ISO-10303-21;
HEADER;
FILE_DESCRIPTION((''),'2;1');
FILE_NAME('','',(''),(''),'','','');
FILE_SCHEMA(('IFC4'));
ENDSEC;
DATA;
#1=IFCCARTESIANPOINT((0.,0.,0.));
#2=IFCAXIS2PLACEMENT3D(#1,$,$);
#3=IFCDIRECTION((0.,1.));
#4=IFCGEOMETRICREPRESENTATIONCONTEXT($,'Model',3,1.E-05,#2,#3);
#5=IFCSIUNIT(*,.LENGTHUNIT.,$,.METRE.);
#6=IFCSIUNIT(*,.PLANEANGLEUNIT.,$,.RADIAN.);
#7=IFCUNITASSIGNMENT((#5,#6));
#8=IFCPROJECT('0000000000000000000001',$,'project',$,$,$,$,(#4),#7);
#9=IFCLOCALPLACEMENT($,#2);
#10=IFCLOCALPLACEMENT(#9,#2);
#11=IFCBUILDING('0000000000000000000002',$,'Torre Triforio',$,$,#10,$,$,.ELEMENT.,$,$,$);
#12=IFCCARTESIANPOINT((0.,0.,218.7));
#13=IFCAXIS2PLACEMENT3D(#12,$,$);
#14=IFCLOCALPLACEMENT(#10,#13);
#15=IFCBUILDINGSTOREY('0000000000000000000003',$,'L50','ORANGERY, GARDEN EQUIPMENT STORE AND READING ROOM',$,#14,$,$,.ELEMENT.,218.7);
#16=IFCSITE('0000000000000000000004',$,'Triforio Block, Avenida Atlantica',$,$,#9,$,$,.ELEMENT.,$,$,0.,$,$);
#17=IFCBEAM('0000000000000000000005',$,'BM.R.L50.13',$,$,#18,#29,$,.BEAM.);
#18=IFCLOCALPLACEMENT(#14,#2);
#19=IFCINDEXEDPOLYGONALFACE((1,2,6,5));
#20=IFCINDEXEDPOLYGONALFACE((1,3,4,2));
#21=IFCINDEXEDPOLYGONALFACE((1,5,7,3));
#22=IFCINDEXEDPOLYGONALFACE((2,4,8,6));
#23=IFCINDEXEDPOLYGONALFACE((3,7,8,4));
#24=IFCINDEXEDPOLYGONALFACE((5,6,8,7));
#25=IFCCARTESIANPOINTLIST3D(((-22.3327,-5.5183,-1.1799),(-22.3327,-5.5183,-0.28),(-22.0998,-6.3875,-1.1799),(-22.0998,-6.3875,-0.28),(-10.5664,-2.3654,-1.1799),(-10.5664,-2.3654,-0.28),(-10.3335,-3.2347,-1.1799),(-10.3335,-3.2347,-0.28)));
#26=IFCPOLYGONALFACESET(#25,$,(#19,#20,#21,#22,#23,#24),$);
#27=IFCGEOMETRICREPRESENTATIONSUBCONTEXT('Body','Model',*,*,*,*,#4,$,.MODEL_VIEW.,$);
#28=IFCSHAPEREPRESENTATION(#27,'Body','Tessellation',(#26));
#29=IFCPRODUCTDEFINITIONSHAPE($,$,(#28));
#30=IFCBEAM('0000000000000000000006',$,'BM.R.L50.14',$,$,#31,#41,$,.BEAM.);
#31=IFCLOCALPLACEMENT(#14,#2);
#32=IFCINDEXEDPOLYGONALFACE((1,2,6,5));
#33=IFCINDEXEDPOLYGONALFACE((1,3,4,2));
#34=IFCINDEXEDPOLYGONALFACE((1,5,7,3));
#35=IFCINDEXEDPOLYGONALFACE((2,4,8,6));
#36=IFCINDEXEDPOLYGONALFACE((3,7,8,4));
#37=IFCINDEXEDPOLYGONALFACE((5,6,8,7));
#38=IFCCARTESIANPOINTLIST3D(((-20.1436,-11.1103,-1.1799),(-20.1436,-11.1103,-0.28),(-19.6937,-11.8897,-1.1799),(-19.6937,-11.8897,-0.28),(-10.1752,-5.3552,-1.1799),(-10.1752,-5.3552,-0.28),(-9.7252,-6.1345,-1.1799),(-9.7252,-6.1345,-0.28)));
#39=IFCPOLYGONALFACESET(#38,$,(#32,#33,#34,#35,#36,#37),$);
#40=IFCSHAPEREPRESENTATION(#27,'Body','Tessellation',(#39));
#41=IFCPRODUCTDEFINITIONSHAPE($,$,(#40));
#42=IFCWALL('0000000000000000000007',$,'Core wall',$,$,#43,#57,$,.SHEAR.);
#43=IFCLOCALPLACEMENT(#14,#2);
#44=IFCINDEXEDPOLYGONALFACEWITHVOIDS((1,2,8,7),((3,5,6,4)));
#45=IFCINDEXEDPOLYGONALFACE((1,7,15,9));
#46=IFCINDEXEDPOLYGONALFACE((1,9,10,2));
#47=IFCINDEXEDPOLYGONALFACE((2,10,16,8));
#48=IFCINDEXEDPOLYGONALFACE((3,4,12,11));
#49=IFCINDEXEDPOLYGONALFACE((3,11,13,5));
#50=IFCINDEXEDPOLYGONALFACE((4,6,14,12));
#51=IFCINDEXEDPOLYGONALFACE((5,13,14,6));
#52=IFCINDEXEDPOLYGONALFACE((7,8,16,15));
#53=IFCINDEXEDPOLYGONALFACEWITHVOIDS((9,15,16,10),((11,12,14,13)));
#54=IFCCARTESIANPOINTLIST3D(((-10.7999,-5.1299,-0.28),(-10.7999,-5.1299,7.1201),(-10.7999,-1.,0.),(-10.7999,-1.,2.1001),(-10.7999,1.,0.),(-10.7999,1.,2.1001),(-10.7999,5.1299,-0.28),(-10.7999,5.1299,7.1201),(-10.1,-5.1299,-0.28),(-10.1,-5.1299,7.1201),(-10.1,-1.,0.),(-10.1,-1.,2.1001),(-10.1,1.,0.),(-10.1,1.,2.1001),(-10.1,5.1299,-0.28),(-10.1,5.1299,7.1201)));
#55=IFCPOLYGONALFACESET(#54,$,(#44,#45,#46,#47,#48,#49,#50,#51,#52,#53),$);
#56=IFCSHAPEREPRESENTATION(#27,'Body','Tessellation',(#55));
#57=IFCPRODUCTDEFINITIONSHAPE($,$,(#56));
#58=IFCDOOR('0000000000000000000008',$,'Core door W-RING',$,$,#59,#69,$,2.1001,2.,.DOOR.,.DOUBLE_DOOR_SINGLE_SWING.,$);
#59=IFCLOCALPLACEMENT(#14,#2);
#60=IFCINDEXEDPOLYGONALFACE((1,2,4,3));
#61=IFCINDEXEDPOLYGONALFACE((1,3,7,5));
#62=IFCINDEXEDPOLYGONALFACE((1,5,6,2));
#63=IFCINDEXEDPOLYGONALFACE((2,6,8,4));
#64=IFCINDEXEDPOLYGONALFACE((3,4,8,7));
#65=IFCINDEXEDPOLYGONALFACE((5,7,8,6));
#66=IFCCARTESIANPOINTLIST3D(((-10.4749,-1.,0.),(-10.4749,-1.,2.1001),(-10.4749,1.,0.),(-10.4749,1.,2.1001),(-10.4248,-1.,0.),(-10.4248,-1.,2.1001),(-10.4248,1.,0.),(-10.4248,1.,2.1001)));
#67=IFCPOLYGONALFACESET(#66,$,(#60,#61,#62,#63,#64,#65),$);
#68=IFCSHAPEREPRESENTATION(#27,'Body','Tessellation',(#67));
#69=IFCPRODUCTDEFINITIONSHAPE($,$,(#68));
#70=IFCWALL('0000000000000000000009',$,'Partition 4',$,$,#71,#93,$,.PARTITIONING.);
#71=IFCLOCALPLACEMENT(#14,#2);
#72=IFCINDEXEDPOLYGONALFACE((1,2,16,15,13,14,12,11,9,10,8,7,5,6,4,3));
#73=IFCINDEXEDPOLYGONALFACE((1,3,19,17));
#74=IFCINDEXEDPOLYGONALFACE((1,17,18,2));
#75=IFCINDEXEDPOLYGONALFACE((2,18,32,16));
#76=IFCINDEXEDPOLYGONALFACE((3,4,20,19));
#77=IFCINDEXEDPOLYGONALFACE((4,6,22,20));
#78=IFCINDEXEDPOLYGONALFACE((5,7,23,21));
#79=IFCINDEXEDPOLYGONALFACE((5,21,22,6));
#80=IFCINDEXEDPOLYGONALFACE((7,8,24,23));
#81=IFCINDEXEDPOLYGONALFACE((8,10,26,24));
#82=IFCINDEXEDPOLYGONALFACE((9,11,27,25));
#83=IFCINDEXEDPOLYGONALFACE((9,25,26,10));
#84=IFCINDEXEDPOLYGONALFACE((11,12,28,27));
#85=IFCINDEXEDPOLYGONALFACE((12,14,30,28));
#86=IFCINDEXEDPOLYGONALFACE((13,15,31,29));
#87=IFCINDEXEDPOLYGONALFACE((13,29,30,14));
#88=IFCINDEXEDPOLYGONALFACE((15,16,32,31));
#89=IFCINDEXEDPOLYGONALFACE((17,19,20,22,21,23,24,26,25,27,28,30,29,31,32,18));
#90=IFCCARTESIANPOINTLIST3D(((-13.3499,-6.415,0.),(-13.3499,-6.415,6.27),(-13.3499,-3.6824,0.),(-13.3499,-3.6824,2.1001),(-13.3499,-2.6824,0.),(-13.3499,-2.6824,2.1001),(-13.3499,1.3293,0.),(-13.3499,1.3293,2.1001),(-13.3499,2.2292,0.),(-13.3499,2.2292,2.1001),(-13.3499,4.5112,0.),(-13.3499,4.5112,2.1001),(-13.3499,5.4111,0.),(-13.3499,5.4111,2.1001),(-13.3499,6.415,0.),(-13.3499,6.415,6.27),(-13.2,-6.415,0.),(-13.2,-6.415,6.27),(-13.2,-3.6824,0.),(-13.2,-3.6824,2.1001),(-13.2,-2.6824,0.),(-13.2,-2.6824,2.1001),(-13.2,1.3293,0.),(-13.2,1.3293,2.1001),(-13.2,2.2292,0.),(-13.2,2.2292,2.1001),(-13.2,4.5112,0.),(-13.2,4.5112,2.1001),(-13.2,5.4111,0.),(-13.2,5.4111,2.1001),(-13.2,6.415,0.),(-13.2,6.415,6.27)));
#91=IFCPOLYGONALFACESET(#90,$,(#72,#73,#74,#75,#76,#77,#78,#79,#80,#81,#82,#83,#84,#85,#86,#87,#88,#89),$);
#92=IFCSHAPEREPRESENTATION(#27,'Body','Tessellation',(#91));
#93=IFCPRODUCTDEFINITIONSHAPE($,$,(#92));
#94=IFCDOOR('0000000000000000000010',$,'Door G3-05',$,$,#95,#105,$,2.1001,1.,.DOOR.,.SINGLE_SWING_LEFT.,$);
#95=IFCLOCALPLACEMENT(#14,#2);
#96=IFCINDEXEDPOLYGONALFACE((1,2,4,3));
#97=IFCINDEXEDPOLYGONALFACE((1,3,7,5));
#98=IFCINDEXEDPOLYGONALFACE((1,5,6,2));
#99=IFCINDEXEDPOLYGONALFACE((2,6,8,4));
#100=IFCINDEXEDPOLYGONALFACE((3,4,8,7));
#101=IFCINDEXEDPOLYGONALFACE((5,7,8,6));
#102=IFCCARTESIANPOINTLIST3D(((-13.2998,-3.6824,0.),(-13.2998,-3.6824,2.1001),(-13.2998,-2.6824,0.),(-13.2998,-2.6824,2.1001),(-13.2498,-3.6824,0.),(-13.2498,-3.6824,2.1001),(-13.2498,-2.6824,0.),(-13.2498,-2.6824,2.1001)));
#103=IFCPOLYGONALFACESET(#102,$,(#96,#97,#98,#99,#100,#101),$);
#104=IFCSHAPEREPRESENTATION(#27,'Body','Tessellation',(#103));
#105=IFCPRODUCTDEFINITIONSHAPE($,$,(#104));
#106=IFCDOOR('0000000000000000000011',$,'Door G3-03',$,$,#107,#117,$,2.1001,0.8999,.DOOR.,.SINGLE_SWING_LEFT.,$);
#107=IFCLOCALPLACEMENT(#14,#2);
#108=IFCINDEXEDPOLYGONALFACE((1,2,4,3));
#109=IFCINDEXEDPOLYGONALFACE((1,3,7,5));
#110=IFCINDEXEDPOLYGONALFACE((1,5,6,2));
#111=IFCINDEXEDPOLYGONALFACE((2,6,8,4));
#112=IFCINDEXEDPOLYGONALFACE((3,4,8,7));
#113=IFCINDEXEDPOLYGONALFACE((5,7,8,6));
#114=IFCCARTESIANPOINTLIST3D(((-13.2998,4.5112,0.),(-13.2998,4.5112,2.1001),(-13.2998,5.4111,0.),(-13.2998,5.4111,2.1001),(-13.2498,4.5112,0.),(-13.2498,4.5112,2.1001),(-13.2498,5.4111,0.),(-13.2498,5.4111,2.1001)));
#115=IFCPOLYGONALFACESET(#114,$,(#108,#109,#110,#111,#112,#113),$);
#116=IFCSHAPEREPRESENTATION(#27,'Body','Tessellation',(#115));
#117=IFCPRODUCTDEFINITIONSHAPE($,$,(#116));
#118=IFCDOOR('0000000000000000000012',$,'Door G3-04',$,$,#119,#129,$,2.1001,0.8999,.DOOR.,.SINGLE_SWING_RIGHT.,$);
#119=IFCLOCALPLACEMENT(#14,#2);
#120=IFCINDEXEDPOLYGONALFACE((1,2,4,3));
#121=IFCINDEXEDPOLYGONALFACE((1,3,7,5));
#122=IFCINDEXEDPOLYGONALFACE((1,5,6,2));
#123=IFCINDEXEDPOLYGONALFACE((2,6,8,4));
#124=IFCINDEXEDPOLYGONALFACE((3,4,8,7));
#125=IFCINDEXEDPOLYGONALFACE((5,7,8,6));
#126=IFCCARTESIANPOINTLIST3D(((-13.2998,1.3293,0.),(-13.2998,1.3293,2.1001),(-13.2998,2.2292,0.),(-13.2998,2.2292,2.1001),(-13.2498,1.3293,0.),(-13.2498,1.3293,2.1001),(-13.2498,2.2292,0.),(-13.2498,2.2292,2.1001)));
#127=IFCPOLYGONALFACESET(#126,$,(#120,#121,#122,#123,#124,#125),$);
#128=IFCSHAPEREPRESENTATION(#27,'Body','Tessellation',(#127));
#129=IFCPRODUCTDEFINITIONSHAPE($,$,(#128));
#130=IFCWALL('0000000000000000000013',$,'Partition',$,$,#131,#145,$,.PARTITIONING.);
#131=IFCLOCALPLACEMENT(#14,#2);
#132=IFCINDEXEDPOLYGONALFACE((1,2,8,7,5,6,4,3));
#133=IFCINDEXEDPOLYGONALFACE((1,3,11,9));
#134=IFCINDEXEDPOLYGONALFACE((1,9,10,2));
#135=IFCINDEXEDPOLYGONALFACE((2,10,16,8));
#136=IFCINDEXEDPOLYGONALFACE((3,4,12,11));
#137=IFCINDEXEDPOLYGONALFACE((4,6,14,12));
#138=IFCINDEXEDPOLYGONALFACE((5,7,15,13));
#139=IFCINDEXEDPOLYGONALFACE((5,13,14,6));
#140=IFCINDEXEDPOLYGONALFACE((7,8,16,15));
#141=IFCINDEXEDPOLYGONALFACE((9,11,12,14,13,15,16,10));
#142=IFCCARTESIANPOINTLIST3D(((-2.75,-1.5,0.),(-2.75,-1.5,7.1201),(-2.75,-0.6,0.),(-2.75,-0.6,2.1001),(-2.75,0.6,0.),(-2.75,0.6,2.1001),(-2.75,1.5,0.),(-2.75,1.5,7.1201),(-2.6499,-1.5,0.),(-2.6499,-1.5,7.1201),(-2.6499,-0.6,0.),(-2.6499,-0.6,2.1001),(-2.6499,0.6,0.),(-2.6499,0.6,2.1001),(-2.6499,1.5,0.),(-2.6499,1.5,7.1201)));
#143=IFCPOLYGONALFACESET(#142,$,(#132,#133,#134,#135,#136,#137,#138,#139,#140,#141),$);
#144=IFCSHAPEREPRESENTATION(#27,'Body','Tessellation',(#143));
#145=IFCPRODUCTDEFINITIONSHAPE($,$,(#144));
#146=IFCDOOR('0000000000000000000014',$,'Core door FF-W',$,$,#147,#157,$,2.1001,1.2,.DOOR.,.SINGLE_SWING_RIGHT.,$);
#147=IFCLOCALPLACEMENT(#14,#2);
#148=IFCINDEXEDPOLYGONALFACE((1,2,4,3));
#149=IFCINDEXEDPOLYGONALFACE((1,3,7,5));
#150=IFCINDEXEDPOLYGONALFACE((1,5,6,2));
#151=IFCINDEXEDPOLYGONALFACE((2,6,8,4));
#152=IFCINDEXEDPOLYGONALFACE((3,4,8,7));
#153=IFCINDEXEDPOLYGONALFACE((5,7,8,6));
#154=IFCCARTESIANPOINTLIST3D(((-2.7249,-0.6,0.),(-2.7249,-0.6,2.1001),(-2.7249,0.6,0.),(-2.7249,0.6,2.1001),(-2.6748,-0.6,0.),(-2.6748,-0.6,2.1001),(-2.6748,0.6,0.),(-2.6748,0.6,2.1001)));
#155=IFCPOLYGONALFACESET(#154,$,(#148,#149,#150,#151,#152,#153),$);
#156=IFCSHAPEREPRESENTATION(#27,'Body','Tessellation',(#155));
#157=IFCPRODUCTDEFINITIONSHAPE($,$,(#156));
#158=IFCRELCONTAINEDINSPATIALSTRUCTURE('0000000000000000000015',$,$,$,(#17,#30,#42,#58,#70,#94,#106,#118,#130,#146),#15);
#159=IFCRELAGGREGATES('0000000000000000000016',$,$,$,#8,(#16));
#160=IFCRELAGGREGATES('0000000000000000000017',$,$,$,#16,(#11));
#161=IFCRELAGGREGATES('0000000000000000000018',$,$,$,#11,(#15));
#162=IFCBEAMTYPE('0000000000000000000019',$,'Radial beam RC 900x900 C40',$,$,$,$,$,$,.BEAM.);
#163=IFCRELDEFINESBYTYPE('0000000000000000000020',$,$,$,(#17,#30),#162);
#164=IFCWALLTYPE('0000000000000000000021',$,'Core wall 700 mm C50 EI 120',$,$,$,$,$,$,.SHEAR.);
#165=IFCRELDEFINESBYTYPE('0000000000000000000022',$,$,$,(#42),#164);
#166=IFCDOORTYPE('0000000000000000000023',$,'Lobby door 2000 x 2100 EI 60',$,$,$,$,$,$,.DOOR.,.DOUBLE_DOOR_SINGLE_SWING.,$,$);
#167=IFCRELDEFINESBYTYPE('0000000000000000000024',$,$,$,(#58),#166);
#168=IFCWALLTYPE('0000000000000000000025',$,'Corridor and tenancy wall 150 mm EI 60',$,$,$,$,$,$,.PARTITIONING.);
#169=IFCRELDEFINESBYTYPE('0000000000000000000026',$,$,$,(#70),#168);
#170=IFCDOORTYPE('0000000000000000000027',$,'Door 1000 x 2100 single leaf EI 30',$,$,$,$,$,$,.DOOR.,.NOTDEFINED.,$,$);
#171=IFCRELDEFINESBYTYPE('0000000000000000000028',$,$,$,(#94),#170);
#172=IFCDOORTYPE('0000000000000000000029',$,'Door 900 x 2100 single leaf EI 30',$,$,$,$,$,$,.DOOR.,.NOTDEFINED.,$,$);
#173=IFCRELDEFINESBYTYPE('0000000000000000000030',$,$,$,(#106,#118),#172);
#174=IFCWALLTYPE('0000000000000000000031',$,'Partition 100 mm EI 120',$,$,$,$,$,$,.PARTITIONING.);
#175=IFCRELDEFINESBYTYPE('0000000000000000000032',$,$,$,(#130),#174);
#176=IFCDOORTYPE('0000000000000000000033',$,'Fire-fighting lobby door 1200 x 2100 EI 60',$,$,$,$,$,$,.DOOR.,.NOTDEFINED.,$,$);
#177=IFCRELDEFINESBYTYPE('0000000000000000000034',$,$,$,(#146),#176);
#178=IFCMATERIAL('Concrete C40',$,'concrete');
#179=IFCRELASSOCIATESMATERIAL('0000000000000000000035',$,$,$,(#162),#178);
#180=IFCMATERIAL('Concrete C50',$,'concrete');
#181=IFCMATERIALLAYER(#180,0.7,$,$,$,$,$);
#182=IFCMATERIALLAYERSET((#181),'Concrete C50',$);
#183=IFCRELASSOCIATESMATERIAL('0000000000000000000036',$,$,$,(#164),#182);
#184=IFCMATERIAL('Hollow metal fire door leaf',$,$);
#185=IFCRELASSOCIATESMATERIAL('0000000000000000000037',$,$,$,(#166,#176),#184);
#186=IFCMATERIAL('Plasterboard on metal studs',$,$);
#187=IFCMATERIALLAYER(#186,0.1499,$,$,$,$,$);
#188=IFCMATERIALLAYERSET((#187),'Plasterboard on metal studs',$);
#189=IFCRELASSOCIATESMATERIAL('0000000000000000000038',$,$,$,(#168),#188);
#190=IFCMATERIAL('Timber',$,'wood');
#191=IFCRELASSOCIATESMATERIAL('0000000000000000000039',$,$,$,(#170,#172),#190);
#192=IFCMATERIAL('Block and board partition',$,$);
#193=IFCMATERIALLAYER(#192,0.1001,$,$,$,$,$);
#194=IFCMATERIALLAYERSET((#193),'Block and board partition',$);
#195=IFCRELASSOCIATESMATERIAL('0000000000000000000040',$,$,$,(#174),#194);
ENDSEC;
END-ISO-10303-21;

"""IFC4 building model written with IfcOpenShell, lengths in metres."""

from ifc_helpers import new_model, si_unit, direction, frame, frame_2d, origin, origin_2d, place, context, subcontext, project, spatial, rectangle, extrude, material, layer, layer_set, material_profile, profile_set, type_object, element, fill, save


model = new_model("IFC4")

# Units and contexts
model_context = context("Model", 3, precision=1e-05, world=origin(), true_north=direction((0.0, 1.0)))
body_context = subcontext(model_context, "Body", "Model", "MODEL_VIEW")
ifc_project = project(units=[si_unit("LENGTHUNIT", "METRE"), si_unit("PLANEANGLEUNIT", "RADIAN")], contexts=[model_context])

# Site, building, storey
site_placement = place(None, origin())
site = spatial("IfcSite", under=ifc_project, at=site_placement, Name="Triforio Block, Avenida Atlantica", CompositionType="ELEMENT", RefElevation=0.0)
building_placement = place(site_placement, origin())
building = spatial("IfcBuilding", under=site, at=building_placement, Name="Torre Triforio", CompositionType="ELEMENT")
storey_placement = place(building_placement, frame((0.0, 0.0, 218.7)))
storey = spatial("IfcBuildingStorey", under=building, at=storey_placement, Name="L50", Description="ORANGERY, GARDEN EQUIPMENT STORE AND READING ROOM", CompositionType="ELEMENT", Elevation=218.7)

# Beams
ifc_material_1 = material(Name="Concrete C40", Category="concrete")
ifc_material_profile = material_profile(ifc_material_1, rectangle(XDim=0.8999, YDim=0.8999, at=origin_2d()), Name="RC 900x900")
ifc_profile_set = profile_set([ifc_material_profile], Name="Concrete C40")
beam_type = type_object("IfcBeamType", Name="Radial beam RC 900x900 C40", PredefinedType="BEAM", material=ifc_profile_set)
beam_1_placement = place(storey_placement, frame((-10.45, -2.8, -0.73), z_axis=(-0.965925, -0.258823, 0.0), x_axis=(0.258823, -0.965925, 0.0)))
element("IfcBeam", 1, at=beam_1_placement, inside=storey, type_object=beam_type, Name="BM.R.L50.13", PredefinedType="BEAM", context=body_context, shape_type="SweptSolid", body=[
    extrude(rectangle(XDim=0.8999, YDim=0.8999, at=origin_2d()), origin(), (0.0, 0.0, 1.0), 12.1814),
])
beam_2_placement = place(storey_placement, frame((-9.9502, -5.7449, -0.73), z_axis=(-0.866033, -0.499987, 0.0), x_axis=(0.499987, -0.866033, 0.0)))
element("IfcBeam", 2, at=beam_2_placement, inside=storey, type_object=beam_type, Name="BM.R.L50.14", PredefinedType="BEAM", context=body_context, shape_type="SweptSolid", body=[
    extrude(rectangle(XDim=0.8999, YDim=0.8999, at=origin_2d()), origin(), (0.0, 0.0, 1.0), 11.5105),
])

# Wall, opening, door
ifc_material_2 = material(Name="Concrete C50", Category="concrete")
ifc_layer_1 = layer(ifc_material_2, 0.7)
ifc_layer_set_1 = layer_set([ifc_layer_1], Name="Concrete C50")
wall_type_1 = type_object("IfcWallType", Name="Core wall 700 mm C50 EI 120", PredefinedType="SHEAR", material=ifc_layer_set_1)
wall_1_placement = place(storey_placement, frame((-10.45, -5.1299, -0.28), z_axis=(0.0, 0.0, 1.0), x_axis=(0.0, 1.0, 0.0)))
wall_1 = element("IfcWall", 3, at=wall_1_placement, inside=storey, type_object=wall_type_1, Name="Core wall", PredefinedType="SHEAR", context=body_context, shape_type="SweptSolid", body=[
    extrude(rectangle(XDim=10.2598, YDim=0.7, at=frame_2d((5.1299, 0.0))), origin(), (0.0, 0.0, 1.0), 7.4001),
])
opening_1_placement = place(wall_1_placement, frame((4.1299, 0.0, 0.28)))
opening_1 = element("IfcOpeningElement", 4, at=opening_1_placement, cuts=wall_1, PredefinedType="OPENING", context=body_context, shape_type="SweptSolid", body=[
    extrude(rectangle(XDim=2.0, YDim=2.1001, at=frame_2d((1.0, 1.05))), frame((0.0, 0.3599, 0.0), z_axis=(0.0, -1.0, 0.0), x_axis=(1.0, 0.0, 0.0)), (0.0, 0.0, 1.0), 0.72),
])
ifc_material_3 = material(Name="Hollow metal fire door leaf")
door_type_1 = type_object("IfcDoorType", Name="Lobby door 2000 x 2100 EI 60", OperationType="DOUBLE_DOOR_SINGLE_SWING", PredefinedType="DOOR", material=ifc_material_3)
door_1_placement = place(opening_1_placement, origin())
door_1 = element("IfcDoor", 5, at=door_1_placement, inside=storey, type_object=door_type_1, Name="Core door W-RING", OperationType="DOUBLE_DOOR_SINGLE_SWING", OverallHeight=2.1001, OverallWidth=2.0, PredefinedType="DOOR", context=body_context, shape_type="SweptSolid", body=[
    extrude(rectangle(XDim=2.0, YDim=2.1001, at=frame_2d((1.0, 1.05))), frame((0.0, 0.0249, 0.0), z_axis=(0.0, -1.0, 0.0), x_axis=(1.0, 0.0, 0.0)), (0.0, 0.0, 1.0), 0.05),
])
fill(opening_1, door_1)

# Wall, openings, doors
ifc_material_4 = material(Name="Plasterboard on metal studs")
ifc_layer_2 = layer(ifc_material_4, 0.1499)
ifc_layer_set_2 = layer_set([ifc_layer_2], Name="Plasterboard on metal studs")
wall_type_2 = type_object("IfcWallType", Name="Corridor and tenancy wall 150 mm EI 60", PredefinedType="PARTITIONING", material=ifc_layer_set_2)
wall_2_placement = place(storey_placement, frame((-13.2749, -6.415, 0.0), z_axis=(0.0, 0.0, 1.0), x_axis=(0.0, 1.0, 0.0)))
wall_2 = element("IfcWall", 6, at=wall_2_placement, inside=storey, type_object=wall_type_2, Name="Partition 4", PredefinedType="PARTITIONING", context=body_context, shape_type="SweptSolid", body=[
    extrude(rectangle(XDim=12.8301, YDim=0.1499, at=frame_2d((6.415, 0.0))), origin(), (0.0, 0.0, 1.0), 6.27),
])
opening_2_placement = place(wall_2_placement, frame((10.9263, 0.0, 0.0)))
opening_2 = element("IfcOpeningElement", 7, at=opening_2_placement, cuts=wall_2, PredefinedType="OPENING", context=body_context, shape_type="SweptSolid", body=[
    extrude(rectangle(XDim=0.8999, YDim=2.1001, at=frame_2d((0.45, 1.05))), frame((0.0, 0.085, 0.0), z_axis=(0.0, -1.0, 0.0), x_axis=(1.0, 0.0, 0.0)), (0.0, 0.0, 1.0), 0.1699),
])
opening_3_placement = place(wall_2_placement, frame((7.7444, 0.0, 0.0)))
opening_3 = element("IfcOpeningElement", 8, at=opening_3_placement, cuts=wall_2, PredefinedType="OPENING", context=body_context, shape_type="SweptSolid", body=[
    extrude(rectangle(XDim=0.8999, YDim=2.1001, at=frame_2d((0.45, 1.05))), frame((0.0, 0.085, 0.0), z_axis=(0.0, -1.0, 0.0), x_axis=(1.0, 0.0, 0.0)), (0.0, 0.0, 1.0), 0.1699),
])
opening_4_placement = place(wall_2_placement, frame((2.7327, 0.0, 0.0)))
opening_4 = element("IfcOpeningElement", 9, at=opening_4_placement, cuts=wall_2, PredefinedType="OPENING", context=body_context, shape_type="SweptSolid", body=[
    extrude(rectangle(XDim=1.0, YDim=2.1001, at=frame_2d((0.5, 1.05))), frame((0.0, 0.085, 0.0), z_axis=(0.0, -1.0, 0.0), x_axis=(1.0, 0.0, 0.0)), (0.0, 0.0, 1.0), 0.1699),
])
ifc_material_5 = material(Name="Timber", Category="wood")
door_type_2 = type_object("IfcDoorType", Name="Door 1000 x 2100 single leaf EI 30", OperationType="NOTDEFINED", PredefinedType="DOOR", material=ifc_material_5)
door_2_placement = place(opening_4_placement, origin())
door_2 = element("IfcDoor", 10, at=door_2_placement, inside=storey, type_object=door_type_2, Name="Door G3-05", OperationType="SINGLE_SWING_LEFT", OverallHeight=2.1001, OverallWidth=1.0, PredefinedType="DOOR", context=body_context, shape_type="SweptSolid", body=[
    extrude(rectangle(XDim=1.0, YDim=2.1001, at=frame_2d((0.5, 1.05))), frame((0.0, 0.0249, 0.0), z_axis=(0.0, -1.0, 0.0), x_axis=(1.0, 0.0, 0.0)), (0.0, 0.0, 1.0), 0.05),
])
fill(opening_4, door_2)
door_type_3 = type_object("IfcDoorType", Name="Door 900 x 2100 single leaf EI 30", OperationType="NOTDEFINED", PredefinedType="DOOR", material=ifc_material_5)
door_3_placement = place(opening_2_placement, origin())
door_3 = element("IfcDoor", 11, at=door_3_placement, inside=storey, type_object=door_type_3, Name="Door G3-03", OperationType="SINGLE_SWING_LEFT", OverallHeight=2.1001, OverallWidth=0.8999, PredefinedType="DOOR", context=body_context, shape_type="SweptSolid", body=[
    extrude(rectangle(XDim=0.8999, YDim=2.1001, at=frame_2d((0.45, 1.05))), frame((0.0, 0.0249, 0.0), z_axis=(0.0, -1.0, 0.0), x_axis=(1.0, 0.0, 0.0)), (0.0, 0.0, 1.0), 0.05),
])
fill(opening_2, door_3)
door_4_placement = place(opening_3_placement, origin())
door_4 = element("IfcDoor", 12, at=door_4_placement, inside=storey, type_object=door_type_3, Name="Door G3-04", OperationType="SINGLE_SWING_RIGHT", OverallHeight=2.1001, OverallWidth=0.8999, PredefinedType="DOOR", context=body_context, shape_type="SweptSolid", body=[
    extrude(rectangle(XDim=0.8999, YDim=2.1001, at=frame_2d((0.45, 1.05))), frame((0.0, 0.0249, 0.0), z_axis=(0.0, -1.0, 0.0), x_axis=(1.0, 0.0, 0.0)), (0.0, 0.0, 1.0), 0.05),
])
fill(opening_3, door_4)

# Wall, opening, door
ifc_material_6 = material(Name="Block and board partition")
ifc_layer_3 = layer(ifc_material_6, 0.1001)
ifc_layer_set_3 = layer_set([ifc_layer_3], Name="Block and board partition")
wall_type_3 = type_object("IfcWallType", Name="Partition 100 mm EI 120", PredefinedType="PARTITIONING", material=ifc_layer_set_3)
wall_3_placement = place(storey_placement, frame((-2.7, -1.5, 0.0), z_axis=(0.0, 0.0, 1.0), x_axis=(0.0, 1.0, 0.0)))
wall_3 = element("IfcWall", 13, at=wall_3_placement, inside=storey, type_object=wall_type_3, Name="Partition", PredefinedType="PARTITIONING", context=body_context, shape_type="SweptSolid", body=[
    extrude(rectangle(XDim=3.0, YDim=0.1001, at=frame_2d((1.5, 0.0))), origin(), (0.0, 0.0, 1.0), 7.1201),
])
opening_5_placement = place(wall_3_placement, frame((0.8999, 0.0, 0.0)))
opening_5 = element("IfcOpeningElement", 14, at=opening_5_placement, cuts=wall_3, PredefinedType="OPENING", context=body_context, shape_type="SweptSolid", body=[
    extrude(rectangle(XDim=1.2, YDim=2.1001, at=frame_2d((0.6001, 1.05))), frame((0.0, 0.0601, 0.0), z_axis=(0.0, -1.0, 0.0), x_axis=(1.0, 0.0, 0.0)), (0.0, 0.0, 1.0), 0.1201),
])
door_type_4 = type_object("IfcDoorType", Name="Fire-fighting lobby door 1200 x 2100 EI 60", OperationType="NOTDEFINED", PredefinedType="DOOR", material=ifc_material_3)
door_5_placement = place(opening_5_placement, origin())
door_5 = element("IfcDoor", 15, at=door_5_placement, inside=storey, type_object=door_type_4, Name="Core door FF-W", OperationType="SINGLE_SWING_RIGHT", OverallHeight=2.1001, OverallWidth=1.2, PredefinedType="DOOR", context=body_context, shape_type="SweptSolid", body=[
    extrude(rectangle(XDim=1.2, YDim=2.1001, at=frame_2d((0.6001, 1.05))), frame((0.0, 0.0249, 0.0), z_axis=(0.0, -1.0, 0.0), x_axis=(1.0, 0.0, 0.0)), (0.0, 0.0, 1.0), 0.05),
])
fill(opening_5, door_5)

save(model, "model.ifc")
